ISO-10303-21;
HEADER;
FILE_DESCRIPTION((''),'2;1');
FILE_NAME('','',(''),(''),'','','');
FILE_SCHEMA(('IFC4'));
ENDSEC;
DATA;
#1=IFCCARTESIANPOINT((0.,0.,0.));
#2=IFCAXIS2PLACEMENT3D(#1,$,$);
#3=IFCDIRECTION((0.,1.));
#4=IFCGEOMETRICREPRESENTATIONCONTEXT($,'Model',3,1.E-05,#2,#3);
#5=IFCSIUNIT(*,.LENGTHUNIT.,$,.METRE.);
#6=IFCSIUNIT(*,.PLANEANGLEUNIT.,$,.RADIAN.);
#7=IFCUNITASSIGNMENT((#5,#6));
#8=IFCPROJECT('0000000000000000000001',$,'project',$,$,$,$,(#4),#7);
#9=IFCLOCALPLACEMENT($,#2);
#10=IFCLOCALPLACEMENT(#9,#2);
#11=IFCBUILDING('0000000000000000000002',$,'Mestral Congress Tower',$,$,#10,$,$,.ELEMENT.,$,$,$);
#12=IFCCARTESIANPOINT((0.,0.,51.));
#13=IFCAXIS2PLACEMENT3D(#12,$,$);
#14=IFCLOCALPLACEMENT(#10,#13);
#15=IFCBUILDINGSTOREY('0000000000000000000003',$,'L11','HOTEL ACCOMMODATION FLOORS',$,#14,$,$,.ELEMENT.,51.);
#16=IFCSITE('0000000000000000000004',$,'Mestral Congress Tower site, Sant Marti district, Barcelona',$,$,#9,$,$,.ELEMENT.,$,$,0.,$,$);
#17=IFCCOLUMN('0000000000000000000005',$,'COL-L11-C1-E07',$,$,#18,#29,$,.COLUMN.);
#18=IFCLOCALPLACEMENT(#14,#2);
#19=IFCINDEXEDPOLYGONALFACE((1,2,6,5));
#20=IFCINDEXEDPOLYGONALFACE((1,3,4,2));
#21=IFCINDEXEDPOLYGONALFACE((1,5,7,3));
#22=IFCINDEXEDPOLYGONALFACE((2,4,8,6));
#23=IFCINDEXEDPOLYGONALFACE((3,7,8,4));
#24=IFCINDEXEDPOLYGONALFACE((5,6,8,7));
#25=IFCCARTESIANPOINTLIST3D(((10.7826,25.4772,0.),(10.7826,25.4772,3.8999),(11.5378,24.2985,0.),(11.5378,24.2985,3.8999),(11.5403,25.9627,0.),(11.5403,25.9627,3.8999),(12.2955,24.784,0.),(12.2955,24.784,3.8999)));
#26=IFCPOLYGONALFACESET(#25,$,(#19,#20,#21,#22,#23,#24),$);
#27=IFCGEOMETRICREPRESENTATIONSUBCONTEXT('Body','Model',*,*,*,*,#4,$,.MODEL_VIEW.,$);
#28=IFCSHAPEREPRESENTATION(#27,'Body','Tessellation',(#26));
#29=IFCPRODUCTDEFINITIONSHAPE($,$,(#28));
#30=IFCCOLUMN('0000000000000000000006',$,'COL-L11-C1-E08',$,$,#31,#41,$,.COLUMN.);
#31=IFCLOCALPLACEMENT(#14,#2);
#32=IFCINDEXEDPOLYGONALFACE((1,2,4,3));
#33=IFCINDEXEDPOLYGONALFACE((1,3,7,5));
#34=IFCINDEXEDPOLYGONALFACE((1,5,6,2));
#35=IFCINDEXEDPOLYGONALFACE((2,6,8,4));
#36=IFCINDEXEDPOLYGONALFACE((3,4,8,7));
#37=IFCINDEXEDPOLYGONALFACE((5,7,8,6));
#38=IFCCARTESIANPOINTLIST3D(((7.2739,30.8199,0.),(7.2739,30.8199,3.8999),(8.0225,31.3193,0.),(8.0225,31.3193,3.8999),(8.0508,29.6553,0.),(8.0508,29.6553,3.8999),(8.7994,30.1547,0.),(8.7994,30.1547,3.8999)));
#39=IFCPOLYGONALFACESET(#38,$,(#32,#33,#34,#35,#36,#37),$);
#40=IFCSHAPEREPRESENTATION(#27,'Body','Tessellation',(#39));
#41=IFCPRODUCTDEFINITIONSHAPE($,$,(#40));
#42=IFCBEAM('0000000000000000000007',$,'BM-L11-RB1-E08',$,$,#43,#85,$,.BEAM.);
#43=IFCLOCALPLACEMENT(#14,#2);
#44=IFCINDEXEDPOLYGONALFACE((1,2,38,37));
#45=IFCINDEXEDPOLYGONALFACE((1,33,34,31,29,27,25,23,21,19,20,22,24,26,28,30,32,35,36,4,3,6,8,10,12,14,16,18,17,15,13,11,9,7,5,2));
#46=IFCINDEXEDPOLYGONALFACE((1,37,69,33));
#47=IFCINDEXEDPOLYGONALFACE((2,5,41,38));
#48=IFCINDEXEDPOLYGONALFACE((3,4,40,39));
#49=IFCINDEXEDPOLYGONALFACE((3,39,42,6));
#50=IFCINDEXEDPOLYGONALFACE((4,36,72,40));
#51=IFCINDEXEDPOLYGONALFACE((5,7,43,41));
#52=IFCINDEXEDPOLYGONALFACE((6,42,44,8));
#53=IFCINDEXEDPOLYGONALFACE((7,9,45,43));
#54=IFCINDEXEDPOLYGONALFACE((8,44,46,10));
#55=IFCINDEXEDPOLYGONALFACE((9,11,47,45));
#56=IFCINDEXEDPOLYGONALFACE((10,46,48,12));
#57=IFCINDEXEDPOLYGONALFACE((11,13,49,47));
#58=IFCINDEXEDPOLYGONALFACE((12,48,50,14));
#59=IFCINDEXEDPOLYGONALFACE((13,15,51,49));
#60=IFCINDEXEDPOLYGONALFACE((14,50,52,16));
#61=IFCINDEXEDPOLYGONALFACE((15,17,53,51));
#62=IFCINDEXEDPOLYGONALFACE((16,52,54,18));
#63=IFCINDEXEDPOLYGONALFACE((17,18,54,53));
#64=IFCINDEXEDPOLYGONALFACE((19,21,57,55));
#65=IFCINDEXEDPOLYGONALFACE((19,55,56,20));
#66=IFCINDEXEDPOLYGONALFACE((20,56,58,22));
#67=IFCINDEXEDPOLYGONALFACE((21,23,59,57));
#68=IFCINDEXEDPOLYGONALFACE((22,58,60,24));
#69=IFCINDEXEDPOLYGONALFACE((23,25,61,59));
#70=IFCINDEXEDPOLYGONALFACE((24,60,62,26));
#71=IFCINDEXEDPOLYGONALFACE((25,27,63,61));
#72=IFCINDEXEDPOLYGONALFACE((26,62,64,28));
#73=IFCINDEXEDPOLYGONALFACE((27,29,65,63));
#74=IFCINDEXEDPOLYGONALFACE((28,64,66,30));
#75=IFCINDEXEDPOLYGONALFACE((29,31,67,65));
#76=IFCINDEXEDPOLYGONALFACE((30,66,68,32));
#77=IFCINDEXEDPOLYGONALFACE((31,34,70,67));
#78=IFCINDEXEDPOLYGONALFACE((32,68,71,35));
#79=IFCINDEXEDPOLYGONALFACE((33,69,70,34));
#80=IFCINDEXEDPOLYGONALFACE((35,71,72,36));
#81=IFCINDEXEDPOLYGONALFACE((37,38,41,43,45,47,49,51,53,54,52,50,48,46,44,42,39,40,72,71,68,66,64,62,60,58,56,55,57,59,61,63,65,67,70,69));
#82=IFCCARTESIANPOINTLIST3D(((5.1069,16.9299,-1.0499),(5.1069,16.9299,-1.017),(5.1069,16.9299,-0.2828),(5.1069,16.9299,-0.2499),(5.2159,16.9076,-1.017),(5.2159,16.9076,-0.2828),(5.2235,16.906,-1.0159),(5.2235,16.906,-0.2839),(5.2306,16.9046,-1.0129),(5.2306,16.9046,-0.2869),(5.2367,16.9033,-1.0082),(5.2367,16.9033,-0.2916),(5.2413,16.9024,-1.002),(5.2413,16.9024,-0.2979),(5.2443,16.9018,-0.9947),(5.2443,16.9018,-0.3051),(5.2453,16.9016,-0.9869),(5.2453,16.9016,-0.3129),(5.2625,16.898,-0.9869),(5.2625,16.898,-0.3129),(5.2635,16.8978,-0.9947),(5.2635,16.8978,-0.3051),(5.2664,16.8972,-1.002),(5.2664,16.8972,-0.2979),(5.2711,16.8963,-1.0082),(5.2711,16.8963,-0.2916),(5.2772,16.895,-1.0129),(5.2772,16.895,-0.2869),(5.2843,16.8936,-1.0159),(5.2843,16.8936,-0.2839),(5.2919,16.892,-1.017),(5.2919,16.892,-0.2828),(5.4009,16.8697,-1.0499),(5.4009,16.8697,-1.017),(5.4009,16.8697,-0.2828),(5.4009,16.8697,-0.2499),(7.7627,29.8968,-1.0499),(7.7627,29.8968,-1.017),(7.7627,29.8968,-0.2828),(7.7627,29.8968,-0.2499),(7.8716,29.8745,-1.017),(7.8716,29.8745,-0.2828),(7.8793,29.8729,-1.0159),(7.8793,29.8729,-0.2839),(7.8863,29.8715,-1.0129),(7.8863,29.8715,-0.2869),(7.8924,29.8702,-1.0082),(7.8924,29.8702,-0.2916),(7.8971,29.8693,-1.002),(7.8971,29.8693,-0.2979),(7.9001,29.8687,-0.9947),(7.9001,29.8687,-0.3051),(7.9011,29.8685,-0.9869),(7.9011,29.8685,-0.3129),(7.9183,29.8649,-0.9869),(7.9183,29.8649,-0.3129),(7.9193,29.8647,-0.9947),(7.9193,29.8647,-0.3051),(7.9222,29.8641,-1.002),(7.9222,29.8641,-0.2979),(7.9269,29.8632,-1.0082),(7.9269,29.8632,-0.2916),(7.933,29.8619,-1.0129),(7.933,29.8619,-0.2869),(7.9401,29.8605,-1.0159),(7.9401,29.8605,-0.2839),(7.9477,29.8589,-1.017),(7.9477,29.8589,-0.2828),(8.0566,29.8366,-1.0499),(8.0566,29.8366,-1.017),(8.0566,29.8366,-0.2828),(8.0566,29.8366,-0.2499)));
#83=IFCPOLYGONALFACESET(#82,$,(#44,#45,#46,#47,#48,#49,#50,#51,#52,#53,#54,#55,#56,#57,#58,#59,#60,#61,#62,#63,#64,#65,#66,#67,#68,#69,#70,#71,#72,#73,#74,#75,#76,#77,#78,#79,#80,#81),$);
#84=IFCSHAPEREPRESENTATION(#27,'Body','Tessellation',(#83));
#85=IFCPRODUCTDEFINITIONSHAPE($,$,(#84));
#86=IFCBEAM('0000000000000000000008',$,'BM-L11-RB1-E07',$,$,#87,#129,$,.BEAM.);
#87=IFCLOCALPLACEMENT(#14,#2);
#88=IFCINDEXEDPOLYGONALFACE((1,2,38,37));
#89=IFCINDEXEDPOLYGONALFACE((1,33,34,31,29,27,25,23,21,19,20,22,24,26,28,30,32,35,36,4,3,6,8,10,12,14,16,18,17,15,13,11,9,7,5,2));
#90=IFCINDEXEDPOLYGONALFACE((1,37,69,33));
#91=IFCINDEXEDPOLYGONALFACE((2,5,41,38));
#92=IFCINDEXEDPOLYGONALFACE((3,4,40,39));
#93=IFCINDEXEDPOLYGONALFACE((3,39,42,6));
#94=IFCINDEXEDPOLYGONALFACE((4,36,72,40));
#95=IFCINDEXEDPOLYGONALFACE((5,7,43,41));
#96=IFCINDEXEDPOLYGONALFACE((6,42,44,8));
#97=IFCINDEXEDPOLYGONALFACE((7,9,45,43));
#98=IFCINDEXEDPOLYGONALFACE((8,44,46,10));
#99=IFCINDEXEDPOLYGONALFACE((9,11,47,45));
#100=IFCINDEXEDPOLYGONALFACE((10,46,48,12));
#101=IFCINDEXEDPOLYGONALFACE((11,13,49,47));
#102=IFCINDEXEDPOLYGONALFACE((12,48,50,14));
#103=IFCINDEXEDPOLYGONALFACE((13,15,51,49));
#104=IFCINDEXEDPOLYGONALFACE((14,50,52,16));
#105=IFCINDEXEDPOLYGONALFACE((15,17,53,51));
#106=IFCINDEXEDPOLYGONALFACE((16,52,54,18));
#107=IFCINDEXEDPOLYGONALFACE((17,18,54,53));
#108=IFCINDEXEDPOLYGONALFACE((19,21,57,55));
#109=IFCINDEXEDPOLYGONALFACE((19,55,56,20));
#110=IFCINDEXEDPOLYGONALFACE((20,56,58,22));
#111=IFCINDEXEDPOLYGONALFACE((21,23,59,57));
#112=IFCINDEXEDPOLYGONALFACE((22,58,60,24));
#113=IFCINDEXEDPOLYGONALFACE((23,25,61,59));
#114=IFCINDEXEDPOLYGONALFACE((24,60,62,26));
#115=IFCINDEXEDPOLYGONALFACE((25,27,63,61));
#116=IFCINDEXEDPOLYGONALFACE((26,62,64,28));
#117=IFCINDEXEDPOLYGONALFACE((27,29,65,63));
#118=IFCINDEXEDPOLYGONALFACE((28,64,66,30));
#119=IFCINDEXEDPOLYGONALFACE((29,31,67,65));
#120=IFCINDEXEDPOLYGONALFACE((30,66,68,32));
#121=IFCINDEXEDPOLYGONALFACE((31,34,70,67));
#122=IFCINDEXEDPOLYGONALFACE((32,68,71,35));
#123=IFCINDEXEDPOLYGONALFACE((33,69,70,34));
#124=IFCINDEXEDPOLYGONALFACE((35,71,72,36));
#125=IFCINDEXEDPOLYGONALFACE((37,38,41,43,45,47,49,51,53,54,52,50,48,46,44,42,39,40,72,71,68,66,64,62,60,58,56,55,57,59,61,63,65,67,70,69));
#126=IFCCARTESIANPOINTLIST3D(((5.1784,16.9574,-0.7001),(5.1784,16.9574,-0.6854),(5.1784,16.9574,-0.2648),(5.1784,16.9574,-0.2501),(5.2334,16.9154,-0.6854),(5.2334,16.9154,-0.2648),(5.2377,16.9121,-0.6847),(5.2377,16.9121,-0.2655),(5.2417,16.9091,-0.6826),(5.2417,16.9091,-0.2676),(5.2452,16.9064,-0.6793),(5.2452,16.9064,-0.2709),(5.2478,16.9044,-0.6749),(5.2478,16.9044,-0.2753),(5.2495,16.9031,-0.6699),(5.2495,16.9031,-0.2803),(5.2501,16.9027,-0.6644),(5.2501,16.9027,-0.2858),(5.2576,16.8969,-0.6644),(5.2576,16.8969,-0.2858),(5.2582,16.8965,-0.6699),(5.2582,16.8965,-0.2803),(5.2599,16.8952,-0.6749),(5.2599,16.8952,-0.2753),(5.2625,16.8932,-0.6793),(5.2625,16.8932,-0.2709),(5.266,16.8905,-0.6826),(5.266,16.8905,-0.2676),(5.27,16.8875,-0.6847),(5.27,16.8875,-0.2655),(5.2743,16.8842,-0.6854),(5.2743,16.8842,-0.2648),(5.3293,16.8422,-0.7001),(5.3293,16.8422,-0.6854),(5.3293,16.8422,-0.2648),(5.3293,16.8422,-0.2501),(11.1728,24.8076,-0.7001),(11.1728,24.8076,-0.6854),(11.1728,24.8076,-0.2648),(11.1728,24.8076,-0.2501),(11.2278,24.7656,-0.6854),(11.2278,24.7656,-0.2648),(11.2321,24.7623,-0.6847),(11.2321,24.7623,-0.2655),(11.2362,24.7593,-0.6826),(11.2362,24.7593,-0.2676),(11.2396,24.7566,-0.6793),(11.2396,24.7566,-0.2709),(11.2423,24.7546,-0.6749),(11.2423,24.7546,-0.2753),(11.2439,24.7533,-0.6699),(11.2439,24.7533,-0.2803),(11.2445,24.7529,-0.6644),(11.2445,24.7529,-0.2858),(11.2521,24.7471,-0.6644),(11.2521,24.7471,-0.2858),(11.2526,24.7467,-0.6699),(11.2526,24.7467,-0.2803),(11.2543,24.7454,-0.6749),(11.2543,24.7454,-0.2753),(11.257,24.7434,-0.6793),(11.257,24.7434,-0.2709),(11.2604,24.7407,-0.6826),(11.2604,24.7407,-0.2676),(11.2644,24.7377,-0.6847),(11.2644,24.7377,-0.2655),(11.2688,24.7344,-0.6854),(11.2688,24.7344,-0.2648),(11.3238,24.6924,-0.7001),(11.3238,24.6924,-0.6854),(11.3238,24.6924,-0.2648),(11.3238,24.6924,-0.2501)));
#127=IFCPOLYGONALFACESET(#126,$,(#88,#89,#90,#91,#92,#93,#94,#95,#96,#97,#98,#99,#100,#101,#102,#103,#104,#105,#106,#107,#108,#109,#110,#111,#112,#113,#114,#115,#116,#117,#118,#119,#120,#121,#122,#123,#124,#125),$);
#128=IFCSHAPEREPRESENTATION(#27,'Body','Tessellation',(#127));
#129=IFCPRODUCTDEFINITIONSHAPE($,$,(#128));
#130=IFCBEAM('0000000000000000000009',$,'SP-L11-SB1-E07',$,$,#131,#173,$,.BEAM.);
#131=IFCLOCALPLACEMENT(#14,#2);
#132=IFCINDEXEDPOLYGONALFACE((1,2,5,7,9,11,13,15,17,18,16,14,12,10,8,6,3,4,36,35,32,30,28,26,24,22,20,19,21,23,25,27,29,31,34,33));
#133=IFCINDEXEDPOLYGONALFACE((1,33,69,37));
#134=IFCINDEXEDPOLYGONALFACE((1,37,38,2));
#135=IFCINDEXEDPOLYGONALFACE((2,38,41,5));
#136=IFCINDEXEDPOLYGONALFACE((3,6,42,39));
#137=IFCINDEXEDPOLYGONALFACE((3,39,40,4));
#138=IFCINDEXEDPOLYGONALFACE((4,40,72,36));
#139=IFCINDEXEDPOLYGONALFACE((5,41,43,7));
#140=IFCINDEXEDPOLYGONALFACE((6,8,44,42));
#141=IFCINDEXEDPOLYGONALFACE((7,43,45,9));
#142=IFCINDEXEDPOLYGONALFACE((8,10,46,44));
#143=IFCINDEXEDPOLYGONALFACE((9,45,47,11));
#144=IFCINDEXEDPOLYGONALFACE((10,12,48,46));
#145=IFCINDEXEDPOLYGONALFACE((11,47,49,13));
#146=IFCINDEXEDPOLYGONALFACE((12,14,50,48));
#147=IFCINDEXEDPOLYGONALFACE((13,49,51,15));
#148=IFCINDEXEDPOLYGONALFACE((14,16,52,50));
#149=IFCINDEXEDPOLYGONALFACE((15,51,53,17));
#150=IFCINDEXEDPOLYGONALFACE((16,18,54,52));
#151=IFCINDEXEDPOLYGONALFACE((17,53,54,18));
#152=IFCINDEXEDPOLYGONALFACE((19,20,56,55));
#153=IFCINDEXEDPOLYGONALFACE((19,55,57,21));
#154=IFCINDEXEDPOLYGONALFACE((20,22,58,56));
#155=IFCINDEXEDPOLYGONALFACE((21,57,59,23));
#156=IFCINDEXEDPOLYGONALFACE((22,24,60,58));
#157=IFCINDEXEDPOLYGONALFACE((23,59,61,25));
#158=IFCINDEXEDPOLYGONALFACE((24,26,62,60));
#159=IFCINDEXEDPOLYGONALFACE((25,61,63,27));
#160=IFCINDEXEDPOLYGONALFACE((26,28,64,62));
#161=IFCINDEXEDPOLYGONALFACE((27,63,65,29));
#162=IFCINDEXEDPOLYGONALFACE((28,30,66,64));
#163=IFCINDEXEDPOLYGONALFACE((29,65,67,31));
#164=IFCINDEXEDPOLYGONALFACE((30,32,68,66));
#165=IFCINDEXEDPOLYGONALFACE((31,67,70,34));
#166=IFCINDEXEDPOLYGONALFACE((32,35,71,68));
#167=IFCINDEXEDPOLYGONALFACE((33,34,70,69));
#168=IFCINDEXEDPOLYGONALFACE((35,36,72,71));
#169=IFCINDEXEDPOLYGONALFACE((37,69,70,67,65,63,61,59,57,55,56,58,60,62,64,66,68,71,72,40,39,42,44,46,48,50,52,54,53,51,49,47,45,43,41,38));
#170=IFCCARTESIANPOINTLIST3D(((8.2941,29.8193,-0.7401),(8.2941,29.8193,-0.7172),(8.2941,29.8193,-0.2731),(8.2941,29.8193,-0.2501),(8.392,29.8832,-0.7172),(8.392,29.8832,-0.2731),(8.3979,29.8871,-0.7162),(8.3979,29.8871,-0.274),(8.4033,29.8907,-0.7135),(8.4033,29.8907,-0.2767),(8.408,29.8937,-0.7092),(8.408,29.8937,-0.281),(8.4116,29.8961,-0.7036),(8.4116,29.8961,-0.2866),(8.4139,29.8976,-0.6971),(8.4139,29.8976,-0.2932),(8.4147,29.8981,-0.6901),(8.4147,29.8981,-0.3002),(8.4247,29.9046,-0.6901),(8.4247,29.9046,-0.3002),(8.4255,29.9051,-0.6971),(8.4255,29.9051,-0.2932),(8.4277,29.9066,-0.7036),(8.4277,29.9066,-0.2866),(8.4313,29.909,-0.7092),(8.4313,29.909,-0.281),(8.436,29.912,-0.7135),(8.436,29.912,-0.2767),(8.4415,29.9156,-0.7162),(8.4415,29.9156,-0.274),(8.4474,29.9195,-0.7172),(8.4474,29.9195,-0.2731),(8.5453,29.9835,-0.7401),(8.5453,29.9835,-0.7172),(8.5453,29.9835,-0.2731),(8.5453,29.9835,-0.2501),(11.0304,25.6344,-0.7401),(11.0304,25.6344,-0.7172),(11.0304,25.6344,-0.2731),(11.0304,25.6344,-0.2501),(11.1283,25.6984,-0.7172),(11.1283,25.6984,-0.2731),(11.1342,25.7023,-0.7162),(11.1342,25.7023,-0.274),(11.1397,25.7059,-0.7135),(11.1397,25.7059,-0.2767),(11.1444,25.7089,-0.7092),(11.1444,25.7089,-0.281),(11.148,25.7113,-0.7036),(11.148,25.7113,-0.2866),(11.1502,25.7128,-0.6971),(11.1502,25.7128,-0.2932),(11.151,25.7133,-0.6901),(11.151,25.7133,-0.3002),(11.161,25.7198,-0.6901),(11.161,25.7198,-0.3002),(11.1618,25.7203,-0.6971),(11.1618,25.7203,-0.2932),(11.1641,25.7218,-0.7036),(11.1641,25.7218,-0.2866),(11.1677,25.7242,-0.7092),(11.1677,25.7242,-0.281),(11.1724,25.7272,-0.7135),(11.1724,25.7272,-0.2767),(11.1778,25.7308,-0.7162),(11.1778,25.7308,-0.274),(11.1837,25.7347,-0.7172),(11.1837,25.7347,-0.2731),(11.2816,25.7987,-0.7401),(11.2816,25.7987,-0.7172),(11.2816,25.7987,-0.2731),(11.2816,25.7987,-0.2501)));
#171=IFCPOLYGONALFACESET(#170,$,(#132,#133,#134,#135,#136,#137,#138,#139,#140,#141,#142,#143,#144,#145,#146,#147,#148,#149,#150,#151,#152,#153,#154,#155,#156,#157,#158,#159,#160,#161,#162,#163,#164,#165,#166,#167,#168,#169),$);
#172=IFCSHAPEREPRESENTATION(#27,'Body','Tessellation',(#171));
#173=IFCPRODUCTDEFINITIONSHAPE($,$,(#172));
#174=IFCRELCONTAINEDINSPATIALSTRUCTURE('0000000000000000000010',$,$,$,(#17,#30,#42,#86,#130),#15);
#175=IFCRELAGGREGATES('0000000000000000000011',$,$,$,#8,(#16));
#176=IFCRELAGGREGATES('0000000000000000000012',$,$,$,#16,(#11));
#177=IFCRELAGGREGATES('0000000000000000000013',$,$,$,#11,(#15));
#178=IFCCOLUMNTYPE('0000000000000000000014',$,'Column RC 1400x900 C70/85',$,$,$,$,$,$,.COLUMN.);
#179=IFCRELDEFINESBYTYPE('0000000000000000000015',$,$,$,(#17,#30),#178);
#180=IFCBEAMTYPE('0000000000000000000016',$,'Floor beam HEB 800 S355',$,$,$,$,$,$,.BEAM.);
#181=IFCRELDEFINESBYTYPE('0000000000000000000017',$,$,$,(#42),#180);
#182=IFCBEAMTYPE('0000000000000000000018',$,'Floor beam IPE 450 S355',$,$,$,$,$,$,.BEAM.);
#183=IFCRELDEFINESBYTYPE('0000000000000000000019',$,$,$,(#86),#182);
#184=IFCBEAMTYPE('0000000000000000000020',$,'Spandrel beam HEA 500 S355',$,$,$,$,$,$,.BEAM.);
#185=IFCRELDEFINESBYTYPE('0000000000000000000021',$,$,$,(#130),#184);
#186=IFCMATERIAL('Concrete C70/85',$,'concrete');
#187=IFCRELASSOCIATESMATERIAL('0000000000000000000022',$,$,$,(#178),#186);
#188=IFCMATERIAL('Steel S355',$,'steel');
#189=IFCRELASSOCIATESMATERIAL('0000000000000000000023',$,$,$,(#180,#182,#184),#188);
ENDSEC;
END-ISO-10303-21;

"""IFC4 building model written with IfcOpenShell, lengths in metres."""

from ifc_helpers import new_model, si_unit, direction, frame, origin, origin_2d, place, context, subcontext, project, spatial, rectangle, i_section, extrude, material, material_profile, profile_set, type_object, element, save


model = new_model("IFC4")

# Units and contexts
model_context = context("Model", 3, precision=1e-05, world=origin(), true_north=direction((0.0, 1.0)))
body_context = subcontext(model_context, "Body", "Model", "MODEL_VIEW")
ifc_project = project(units=[si_unit("LENGTHUNIT", "METRE"), si_unit("PLANEANGLEUNIT", "RADIAN")], contexts=[model_context])

# Site, building, storey
site_placement = place(None, origin())
site = spatial("IfcSite", under=ifc_project, at=site_placement, Name="Mestral Congress Tower site, Sant Marti district, Barcelona", CompositionType="ELEMENT", RefElevation=0.0)
building_placement = place(site_placement, origin())
building = spatial("IfcBuilding", under=site, at=building_placement, Name="Mestral Congress Tower", CompositionType="ELEMENT")
storey_placement = place(building_placement, frame((0.0, 0.0, 51.0)))
storey = spatial("IfcBuildingStorey", under=building, at=storey_placement, Name="L11", Description="HOTEL ACCOMMODATION FLOORS", CompositionType="ELEMENT", Elevation=51.0)

# Columns
ifc_material_1 = material(Name="Concrete C70/85", Category="concrete")
ifc_material_profile_1 = material_profile(ifc_material_1, rectangle(XDim=1.3999, YDim=0.8999, at=origin_2d()), Name="RC 1400x900")
ifc_profile_set_1 = profile_set([ifc_material_profile_1], Name="Concrete C70/85")
column_type = type_object("IfcColumnType", Name="Column RC 1400x900 C70/85", PredefinedType="COLUMN", material=ifc_profile_set_1)
for number, where, z_axis, x_axis, name in (
    (1, (11.5391, 25.1306, 0.0), (0.0, 0.0, 1.0), (-0.539476, 0.842001, 0.0), "COL-L11-C1-E07"),
    (2, (8.0366, 30.4873, 0.0), (0.0, 0.0, 1.0), (-0.554949, 0.831884, 0.0), "COL-L11-C1-E08"),
):
    element("IfcColumn", number, at=place(storey_placement, frame(where, z_axis=z_axis, x_axis=x_axis)), inside=storey, type_object=column_type, Name=name, PredefinedType="COLUMN", context=body_context, shape_type="SweptSolid", body=[
        extrude(rectangle(XDim=1.3999, YDim=0.8999, at=origin_2d()), origin(), (0.0, 0.0, 1.0), 3.8999),
    ])

# Beams
ifc_material_2 = material(Name="Steel S355", Category="steel")
ifc_material_profile_2 = material_profile(ifc_material_2, i_section(OverallWidth=0.3, OverallDepth=0.8, WebThickness=0.0176, FlangeThickness=0.033, FilletRadius=0.03, at=origin_2d()), Name="HEB 800")
ifc_profile_set_2 = profile_set([ifc_material_profile_2], Name="Steel S355")
beam_type_1 = type_object("IfcBeamType", Name="Floor beam HEB 800 S355", PredefinedType="BEAM", material=ifc_profile_set_2)
beam_1_placement = place(storey_placement, frame((7.9097, 29.8667, -0.6499), z_axis=(-0.200647, -0.979664, 0.0), x_axis=(0.979664, -0.200647, 0.0)))
element("IfcBeam", 3, at=beam_1_placement, inside=storey, type_object=beam_type_1, Name="BM-L11-RB1-E08", PredefinedType="BEAM", context=body_context, shape_type="SweptSolid", body=[
    extrude(i_section(OverallWidth=0.3, OverallDepth=0.8, WebThickness=0.0176, FlangeThickness=0.033, FilletRadius=0.03, at=origin_2d()), origin(), (0.0, 0.0, 1.0), 13.2361),
])
ifc_material_profile_3 = material_profile(ifc_material_2, i_section(OverallWidth=0.1899, OverallDepth=0.45, WebThickness=0.0095, FlangeThickness=0.0146, FilletRadius=0.021, at=origin_2d()), Name="IPE 450")
ifc_profile_set_3 = profile_set([ifc_material_profile_3], Name="Steel S355")
beam_type_2 = type_object("IfcBeamType", Name="Floor beam IPE 450 S355", PredefinedType="BEAM", material=ifc_profile_set_3)
beam_2_placement = place(storey_placement, frame((11.2483, 24.75, -0.4751), z_axis=(-0.606899, -0.794779, 0.0), x_axis=(0.794779, -0.606899, 0.0)))
element("IfcBeam", 4, at=beam_2_placement, inside=storey, type_object=beam_type_2, Name="BM-L11-RB1-E07", PredefinedType="BEAM", context=body_context, shape_type="SweptSolid", body=[
    extrude(i_section(OverallWidth=0.1899, OverallDepth=0.45, WebThickness=0.0095, FlangeThickness=0.0146, FilletRadius=0.021, at=origin_2d()), origin(), (0.0, 0.0, 1.0), 9.8772),
])
ifc_material_profile_4 = material_profile(ifc_material_2, i_section(OverallWidth=0.3, OverallDepth=0.49, WebThickness=0.012, FlangeThickness=0.0229, FilletRadius=0.0271, at=origin_2d()), Name="HEA 500")
ifc_profile_set_4 = profile_set([ifc_material_profile_4], Name="Steel S355")
beam_type_3 = type_object("IfcBeamType", Name="Spandrel beam HEA 500 S355", PredefinedType="BEAM", material=ifc_profile_set_4)
beam_3_placement = place(storey_placement, frame((11.156, 25.7166, -0.4951), z_axis=(-0.547264, 0.83696, 0.0), x_axis=(-0.83696, -0.547264, 0.0)))
element("IfcBeam", 5, at=beam_3_placement, inside=storey, type_object=beam_type_3, Name="SP-L11-SB1-E07", PredefinedType="BEAM", context=body_context, shape_type="SweptSolid", body=[
    extrude(i_section(OverallWidth=0.3, OverallDepth=0.49, WebThickness=0.012, FlangeThickness=0.0229, FilletRadius=0.0271, at=origin_2d()), origin(), (0.0, 0.0, 1.0), 5.0),
])

save(model, "model.ifc")
